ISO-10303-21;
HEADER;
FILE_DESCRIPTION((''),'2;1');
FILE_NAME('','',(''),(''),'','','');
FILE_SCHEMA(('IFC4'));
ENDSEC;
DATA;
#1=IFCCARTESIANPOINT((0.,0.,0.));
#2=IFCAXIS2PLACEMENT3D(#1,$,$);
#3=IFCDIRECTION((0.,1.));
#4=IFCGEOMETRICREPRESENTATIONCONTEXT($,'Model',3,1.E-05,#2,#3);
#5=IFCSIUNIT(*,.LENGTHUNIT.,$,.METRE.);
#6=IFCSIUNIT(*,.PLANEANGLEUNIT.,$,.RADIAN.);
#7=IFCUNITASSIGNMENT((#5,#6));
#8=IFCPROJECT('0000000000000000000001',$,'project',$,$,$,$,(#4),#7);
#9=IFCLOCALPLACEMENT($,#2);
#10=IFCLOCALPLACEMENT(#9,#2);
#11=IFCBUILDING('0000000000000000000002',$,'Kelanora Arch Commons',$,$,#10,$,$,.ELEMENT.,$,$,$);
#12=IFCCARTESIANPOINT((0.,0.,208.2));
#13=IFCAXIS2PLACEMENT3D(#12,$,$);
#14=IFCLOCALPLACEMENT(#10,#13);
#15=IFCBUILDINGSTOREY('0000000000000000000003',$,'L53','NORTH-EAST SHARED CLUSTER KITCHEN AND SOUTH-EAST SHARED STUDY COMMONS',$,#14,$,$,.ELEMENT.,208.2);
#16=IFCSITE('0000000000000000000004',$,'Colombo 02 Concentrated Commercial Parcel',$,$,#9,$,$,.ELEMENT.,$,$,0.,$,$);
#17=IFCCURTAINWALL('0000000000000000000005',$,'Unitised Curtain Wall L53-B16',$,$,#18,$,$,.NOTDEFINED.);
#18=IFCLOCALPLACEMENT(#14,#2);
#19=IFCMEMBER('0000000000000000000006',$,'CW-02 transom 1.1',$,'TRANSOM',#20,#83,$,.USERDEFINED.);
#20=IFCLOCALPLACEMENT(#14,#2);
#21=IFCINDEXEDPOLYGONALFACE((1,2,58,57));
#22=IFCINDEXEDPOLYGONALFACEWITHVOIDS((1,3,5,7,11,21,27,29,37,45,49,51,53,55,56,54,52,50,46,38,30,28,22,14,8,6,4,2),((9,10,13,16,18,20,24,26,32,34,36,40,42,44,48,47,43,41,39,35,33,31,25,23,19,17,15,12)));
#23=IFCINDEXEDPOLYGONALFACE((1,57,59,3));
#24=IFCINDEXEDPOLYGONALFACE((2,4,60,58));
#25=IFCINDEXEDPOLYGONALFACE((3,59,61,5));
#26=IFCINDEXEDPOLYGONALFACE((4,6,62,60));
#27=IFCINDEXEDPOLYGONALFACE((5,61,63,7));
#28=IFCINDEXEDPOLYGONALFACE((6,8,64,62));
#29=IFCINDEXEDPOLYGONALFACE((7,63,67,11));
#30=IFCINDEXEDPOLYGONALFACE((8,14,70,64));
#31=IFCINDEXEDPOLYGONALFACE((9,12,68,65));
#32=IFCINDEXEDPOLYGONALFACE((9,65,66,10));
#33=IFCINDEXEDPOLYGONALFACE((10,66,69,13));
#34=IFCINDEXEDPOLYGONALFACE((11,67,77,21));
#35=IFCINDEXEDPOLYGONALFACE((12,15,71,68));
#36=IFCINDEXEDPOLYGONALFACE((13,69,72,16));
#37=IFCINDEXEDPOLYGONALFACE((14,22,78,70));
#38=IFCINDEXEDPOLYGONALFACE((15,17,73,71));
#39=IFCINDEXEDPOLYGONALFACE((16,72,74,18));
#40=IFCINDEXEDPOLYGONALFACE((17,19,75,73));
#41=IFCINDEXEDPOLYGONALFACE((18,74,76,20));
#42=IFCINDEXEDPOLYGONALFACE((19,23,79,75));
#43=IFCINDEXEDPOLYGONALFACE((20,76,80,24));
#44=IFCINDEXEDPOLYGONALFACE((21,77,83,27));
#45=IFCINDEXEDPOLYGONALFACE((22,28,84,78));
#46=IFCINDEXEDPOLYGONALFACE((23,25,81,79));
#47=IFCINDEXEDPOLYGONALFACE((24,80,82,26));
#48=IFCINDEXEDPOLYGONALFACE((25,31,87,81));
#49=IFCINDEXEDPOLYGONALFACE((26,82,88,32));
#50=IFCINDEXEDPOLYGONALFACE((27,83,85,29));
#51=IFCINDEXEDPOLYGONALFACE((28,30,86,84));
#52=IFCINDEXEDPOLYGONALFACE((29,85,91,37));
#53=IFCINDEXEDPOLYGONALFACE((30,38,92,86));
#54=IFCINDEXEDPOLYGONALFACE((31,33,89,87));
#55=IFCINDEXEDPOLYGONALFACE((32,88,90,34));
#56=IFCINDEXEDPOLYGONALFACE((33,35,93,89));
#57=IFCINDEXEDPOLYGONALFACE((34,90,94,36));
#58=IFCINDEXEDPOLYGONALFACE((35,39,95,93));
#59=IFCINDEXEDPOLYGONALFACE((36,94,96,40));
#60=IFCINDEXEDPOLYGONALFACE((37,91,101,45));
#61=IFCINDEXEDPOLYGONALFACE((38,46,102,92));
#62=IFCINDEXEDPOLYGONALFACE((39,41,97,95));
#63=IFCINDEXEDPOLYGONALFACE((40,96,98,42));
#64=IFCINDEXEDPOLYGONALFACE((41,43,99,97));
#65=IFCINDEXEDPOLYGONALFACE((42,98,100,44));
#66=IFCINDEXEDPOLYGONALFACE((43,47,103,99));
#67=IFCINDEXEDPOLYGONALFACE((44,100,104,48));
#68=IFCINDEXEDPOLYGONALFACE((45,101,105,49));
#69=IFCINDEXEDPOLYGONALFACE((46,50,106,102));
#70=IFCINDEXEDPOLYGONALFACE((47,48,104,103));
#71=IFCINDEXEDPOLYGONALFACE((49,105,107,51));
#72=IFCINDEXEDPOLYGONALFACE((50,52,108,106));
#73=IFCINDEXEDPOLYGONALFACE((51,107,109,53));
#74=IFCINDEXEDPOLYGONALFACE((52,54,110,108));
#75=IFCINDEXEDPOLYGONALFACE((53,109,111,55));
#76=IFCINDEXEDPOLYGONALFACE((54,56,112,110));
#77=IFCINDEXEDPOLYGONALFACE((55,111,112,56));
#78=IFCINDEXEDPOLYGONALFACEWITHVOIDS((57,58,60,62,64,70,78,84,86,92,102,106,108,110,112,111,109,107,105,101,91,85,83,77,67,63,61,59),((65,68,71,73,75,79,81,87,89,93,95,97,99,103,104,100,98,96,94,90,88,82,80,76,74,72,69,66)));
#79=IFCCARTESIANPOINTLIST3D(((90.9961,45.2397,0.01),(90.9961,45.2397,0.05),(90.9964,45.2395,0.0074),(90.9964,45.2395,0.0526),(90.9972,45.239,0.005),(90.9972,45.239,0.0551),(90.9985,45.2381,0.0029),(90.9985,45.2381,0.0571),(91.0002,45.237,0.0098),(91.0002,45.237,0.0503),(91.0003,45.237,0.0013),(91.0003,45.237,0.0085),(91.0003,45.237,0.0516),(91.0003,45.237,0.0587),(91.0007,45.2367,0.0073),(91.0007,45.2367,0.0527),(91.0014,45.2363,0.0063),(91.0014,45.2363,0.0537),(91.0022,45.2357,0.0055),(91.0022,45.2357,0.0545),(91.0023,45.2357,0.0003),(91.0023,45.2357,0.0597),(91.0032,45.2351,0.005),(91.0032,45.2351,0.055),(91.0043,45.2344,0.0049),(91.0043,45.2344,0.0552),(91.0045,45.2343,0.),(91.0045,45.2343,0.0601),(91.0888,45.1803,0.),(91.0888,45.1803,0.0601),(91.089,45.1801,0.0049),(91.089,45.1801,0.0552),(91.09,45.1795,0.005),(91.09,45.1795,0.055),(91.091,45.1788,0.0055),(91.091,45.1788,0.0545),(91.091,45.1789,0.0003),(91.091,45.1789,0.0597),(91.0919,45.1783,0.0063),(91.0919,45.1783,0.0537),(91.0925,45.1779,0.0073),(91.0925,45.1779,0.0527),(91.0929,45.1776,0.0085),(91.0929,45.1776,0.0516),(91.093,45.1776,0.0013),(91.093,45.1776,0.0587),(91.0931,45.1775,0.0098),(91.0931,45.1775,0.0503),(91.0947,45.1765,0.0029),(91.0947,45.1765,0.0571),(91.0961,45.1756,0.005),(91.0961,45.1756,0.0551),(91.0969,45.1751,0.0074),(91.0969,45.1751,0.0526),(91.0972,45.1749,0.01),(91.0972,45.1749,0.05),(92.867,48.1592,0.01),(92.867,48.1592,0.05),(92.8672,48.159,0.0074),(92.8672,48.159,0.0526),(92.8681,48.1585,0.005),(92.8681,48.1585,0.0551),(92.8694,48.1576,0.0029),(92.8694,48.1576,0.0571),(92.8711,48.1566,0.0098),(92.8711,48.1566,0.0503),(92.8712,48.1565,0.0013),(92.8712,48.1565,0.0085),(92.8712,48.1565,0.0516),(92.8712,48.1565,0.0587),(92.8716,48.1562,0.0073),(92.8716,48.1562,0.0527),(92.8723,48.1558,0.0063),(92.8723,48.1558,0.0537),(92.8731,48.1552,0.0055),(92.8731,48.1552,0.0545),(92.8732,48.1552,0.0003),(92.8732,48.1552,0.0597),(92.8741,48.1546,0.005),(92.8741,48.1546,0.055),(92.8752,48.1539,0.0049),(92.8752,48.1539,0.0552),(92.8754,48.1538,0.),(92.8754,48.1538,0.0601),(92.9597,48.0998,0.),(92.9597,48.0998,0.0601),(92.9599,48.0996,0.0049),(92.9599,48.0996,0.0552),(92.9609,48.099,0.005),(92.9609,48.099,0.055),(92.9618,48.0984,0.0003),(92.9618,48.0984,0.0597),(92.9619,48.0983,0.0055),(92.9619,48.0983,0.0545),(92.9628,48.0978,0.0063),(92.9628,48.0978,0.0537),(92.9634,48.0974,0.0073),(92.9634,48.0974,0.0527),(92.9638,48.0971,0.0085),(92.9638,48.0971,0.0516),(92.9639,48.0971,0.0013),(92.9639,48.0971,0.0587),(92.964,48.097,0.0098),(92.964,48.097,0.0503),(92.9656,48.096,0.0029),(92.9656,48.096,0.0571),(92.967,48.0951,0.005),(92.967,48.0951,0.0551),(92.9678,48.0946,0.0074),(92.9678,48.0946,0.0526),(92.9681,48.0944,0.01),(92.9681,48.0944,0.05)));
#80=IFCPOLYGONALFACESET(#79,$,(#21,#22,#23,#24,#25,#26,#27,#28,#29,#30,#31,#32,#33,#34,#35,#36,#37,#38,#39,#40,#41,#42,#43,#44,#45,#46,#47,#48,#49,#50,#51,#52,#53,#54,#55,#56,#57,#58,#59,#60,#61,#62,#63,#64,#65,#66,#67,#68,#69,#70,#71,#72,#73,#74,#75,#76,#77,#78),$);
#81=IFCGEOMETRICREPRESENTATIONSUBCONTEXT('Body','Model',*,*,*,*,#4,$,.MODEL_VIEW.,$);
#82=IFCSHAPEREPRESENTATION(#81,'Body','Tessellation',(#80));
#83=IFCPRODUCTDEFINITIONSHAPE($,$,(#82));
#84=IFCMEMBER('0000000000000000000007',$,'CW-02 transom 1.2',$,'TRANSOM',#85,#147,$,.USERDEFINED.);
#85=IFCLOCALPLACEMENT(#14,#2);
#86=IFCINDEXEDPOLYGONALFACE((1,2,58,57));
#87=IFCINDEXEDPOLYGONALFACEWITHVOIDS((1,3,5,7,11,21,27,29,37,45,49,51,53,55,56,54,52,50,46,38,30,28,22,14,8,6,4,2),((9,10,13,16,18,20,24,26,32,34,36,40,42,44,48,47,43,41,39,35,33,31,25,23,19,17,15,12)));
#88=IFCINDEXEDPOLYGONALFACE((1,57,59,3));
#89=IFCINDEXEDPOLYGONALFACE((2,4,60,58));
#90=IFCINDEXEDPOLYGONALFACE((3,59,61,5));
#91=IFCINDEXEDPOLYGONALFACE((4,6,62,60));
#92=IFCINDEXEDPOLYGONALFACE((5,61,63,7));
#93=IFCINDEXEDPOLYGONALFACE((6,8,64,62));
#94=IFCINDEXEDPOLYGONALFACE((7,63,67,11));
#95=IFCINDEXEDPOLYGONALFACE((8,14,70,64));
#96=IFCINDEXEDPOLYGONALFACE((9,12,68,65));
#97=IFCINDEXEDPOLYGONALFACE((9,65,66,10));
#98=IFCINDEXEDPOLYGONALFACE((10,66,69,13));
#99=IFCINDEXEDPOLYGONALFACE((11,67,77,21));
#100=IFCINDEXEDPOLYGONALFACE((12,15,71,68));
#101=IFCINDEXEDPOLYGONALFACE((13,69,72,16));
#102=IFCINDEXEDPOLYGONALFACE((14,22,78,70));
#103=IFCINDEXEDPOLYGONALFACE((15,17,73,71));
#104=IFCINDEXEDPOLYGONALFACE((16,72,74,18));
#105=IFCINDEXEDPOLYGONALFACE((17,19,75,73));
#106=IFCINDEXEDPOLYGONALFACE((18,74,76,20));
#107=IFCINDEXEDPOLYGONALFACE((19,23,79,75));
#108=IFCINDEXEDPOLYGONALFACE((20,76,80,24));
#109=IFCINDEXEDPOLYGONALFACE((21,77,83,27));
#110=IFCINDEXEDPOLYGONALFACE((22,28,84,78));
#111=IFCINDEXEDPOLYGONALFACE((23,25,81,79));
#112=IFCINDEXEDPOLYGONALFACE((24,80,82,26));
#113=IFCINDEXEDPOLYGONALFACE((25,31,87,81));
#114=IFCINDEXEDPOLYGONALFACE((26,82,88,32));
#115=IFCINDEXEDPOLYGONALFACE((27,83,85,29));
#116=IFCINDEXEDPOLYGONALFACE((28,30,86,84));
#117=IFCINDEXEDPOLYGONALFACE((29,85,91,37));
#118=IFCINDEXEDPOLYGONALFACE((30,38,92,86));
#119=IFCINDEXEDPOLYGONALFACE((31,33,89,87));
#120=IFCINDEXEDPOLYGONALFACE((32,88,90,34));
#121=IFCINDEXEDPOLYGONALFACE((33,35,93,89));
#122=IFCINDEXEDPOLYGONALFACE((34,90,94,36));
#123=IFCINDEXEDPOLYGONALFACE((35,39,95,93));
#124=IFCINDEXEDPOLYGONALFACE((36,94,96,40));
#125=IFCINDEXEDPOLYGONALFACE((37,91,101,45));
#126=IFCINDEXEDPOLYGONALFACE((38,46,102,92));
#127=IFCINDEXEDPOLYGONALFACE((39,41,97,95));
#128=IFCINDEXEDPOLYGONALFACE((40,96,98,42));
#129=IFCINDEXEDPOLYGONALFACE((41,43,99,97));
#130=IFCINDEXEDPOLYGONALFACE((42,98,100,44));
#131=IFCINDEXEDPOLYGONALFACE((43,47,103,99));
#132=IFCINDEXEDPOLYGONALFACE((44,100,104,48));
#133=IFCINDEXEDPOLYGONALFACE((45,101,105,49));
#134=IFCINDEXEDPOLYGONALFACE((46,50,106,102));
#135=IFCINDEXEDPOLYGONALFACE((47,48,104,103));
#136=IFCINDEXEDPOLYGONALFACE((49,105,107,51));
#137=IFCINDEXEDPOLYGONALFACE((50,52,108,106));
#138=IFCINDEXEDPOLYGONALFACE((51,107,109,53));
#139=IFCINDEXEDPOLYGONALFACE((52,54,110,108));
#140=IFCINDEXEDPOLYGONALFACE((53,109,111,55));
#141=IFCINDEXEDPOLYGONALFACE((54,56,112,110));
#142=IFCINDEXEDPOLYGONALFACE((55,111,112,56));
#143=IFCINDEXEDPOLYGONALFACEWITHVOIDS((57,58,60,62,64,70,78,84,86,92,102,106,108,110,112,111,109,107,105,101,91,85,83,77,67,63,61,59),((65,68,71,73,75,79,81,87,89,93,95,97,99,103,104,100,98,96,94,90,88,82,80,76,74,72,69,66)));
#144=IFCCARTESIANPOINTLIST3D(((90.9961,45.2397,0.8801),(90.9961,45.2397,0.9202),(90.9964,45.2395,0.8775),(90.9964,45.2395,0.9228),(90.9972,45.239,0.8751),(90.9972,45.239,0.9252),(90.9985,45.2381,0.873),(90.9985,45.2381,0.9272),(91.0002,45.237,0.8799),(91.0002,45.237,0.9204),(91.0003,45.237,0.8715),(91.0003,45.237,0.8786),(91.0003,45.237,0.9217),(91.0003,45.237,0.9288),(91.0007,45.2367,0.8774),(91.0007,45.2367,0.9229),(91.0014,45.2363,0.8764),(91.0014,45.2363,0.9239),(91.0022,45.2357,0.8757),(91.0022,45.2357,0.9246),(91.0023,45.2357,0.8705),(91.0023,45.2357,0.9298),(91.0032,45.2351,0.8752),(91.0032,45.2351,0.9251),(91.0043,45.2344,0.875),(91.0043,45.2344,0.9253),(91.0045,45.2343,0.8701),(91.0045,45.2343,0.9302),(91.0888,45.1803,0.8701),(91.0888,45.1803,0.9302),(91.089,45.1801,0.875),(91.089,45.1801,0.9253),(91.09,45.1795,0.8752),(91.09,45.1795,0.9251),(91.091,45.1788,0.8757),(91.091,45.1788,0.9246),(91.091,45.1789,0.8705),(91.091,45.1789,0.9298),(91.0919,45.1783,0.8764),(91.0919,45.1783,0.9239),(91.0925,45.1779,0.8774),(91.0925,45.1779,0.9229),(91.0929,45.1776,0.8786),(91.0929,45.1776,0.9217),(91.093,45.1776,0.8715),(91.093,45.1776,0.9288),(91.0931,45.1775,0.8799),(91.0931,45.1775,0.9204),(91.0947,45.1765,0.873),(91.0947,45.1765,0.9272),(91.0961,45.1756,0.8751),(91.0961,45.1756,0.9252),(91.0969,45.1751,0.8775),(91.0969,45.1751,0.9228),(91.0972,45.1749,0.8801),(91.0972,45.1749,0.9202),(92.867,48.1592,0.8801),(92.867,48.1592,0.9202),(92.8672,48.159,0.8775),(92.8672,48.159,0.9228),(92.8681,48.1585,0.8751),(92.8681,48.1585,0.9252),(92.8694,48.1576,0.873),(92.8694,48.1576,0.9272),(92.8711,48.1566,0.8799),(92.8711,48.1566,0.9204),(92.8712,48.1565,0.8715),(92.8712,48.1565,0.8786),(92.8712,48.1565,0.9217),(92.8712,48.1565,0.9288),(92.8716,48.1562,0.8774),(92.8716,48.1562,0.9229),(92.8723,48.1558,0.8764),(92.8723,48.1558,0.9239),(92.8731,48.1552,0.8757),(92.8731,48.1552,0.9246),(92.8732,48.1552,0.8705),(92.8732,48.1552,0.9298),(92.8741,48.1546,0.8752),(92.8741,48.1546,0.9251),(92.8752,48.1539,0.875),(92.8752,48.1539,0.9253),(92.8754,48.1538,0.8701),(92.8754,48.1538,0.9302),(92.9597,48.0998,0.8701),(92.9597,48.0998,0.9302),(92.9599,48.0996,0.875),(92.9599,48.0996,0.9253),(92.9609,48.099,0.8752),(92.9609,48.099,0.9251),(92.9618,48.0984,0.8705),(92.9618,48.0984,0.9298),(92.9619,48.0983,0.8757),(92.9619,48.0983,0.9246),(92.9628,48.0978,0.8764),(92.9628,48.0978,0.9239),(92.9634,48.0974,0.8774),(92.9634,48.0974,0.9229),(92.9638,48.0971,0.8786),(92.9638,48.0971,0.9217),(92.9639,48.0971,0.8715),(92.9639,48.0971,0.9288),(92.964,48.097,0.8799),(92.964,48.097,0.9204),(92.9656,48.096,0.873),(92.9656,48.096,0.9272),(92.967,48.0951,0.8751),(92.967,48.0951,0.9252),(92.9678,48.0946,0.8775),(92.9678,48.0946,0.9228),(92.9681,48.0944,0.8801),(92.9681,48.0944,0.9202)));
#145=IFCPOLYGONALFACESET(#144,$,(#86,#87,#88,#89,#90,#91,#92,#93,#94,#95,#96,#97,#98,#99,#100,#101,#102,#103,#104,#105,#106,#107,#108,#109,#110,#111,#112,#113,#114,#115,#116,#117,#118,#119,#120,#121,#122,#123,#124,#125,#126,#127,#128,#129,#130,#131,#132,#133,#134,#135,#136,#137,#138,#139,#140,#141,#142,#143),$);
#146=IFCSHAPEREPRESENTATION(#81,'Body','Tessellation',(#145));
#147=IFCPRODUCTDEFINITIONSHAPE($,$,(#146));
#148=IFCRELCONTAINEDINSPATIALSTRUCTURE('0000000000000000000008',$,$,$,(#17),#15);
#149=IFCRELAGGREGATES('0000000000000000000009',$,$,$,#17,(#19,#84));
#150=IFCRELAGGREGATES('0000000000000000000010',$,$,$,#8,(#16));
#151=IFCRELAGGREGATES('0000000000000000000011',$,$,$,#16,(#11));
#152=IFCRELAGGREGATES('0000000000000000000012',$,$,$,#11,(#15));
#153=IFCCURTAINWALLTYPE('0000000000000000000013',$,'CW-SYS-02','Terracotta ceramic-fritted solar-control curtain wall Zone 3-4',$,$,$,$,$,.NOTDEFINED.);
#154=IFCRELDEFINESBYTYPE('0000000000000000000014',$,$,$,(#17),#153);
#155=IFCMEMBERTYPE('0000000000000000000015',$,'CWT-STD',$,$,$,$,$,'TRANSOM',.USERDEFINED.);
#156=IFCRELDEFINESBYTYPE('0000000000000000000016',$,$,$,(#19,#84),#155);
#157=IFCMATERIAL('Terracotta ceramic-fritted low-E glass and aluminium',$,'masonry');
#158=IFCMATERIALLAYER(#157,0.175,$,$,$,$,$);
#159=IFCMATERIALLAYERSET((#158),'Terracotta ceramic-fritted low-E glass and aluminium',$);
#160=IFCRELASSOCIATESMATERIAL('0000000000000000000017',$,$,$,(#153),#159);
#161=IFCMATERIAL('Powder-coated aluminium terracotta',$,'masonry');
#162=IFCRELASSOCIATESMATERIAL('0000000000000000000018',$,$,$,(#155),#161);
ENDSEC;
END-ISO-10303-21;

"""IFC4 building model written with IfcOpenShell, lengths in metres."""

from ifc_helpers import new_model, si_unit, direction, frame, origin, origin_2d, place, context, subcontext, project, spatial, hollow_rectangle, extrude, material, layer, layer_set, material_profile, profile_set, type_object, element, aggregate, save


model = new_model("IFC4")

# Units and contexts
model_context = context("Model", 3, precision=1e-05, world=origin(), true_north=direction((0.0, 1.0)))
body_context = subcontext(model_context, "Body", "Model", "MODEL_VIEW")
ifc_project = project(units=[si_unit("LENGTHUNIT", "METRE"), si_unit("PLANEANGLEUNIT", "RADIAN")], contexts=[model_context])

# Site, building, storey
site_placement = place(None, origin())
site = spatial("IfcSite", under=ifc_project, at=site_placement, Name="Colombo 02 Concentrated Commercial Parcel", CompositionType="ELEMENT", RefElevation=0.0)
building_placement = place(site_placement, origin())
building = spatial("IfcBuilding", under=site, at=building_placement, Name="Kelanora Arch Commons", CompositionType="ELEMENT")
storey_placement = place(building_placement, frame((0.0, 0.0, 208.2)))
storey = spatial("IfcBuildingStorey", under=building, at=storey_placement, Name="L53", Description="NORTH-EAST SHARED CLUSTER KITCHEN AND SOUTH-EAST SHARED STUDY COMMONS", CompositionType="ELEMENT", Elevation=208.2)

# Shared definitions
ifc_material_1 = material(Name="Terracotta ceramic-fritted low-E glass and aluminium", Category="masonry")
ifc_layer_1 = layer(ifc_material_1, 0.175)
ifc_layer_set_1 = layer_set([ifc_layer_1], Name="Terracotta ceramic-fritted low-E glass and aluminium")
curtain_wall_type = type_object("IfcCurtainWallType", Name="CW-SYS-02", Description="Terracotta ceramic-fritted solar-control curtain wall Zone 3-4", PredefinedType="NOTDEFINED", material=ifc_layer_set_1)
ifc_material_2 = material(Name="Powder-coated aluminium terracotta", Category="masonry")

# Curtain wall, members
curtain_wall_1_placement = place(storey_placement, origin())
curtain_wall_1 = element("IfcCurtainWall", 1, at=curtain_wall_1_placement, inside=storey, type_object=curtain_wall_type, Name="Unitised Curtain Wall L53-B16", PredefinedType="NOTDEFINED")
ifc_material_profile_1 = material_profile(ifc_material_2, hollow_rectangle(XDim=0.1201, YDim=0.0601, WallThickness=0.0049, InnerFilletRadius=0.0049, OuterFilletRadius=0.01, at=origin_2d()), Name="CWT120x60")
ifc_profile_set_1 = profile_set([ifc_material_profile_1], Name="Powder-coated aluminium terracotta")
member_type_1 = type_object("IfcMemberType", Name="CWT-STD", ElementType="TRANSOM", PredefinedType="USERDEFINED", material=ifc_profile_set_1)
member_1_placement = place(storey_placement, frame((91.0466, 45.2073, 0.03), z_axis=(0.539547, 0.841955, 0.0), x_axis=(-0.841955, 0.539547, 0.0)))
member_1 = element("IfcMember", 2, at=member_1_placement, type_object=member_type_1, Name="CW-02 transom 1.1", ObjectType="TRANSOM", PredefinedType="USERDEFINED", context=body_context, shape_type="SweptSolid", body=[
    extrude(hollow_rectangle(XDim=0.1201, YDim=0.0601, WallThickness=0.0049, InnerFilletRadius=0.0049, OuterFilletRadius=0.01, at=origin_2d()), origin(), (0.0, 0.0, 1.0), 3.4675),
])
member_2_placement = place(storey_placement, frame((91.0466, 45.2073, 0.9001), z_axis=(0.539547, 0.841955, 0.0), x_axis=(-0.841955, 0.539547, 0.0)))
member_2 = element("IfcMember", 3, at=member_2_placement, type_object=member_type_1, Name="CW-02 transom 1.2", ObjectType="TRANSOM", PredefinedType="USERDEFINED", context=body_context, shape_type="SweptSolid", body=[
    extrude(hollow_rectangle(XDim=0.1201, YDim=0.0601, WallThickness=0.0049, InnerFilletRadius=0.0049, OuterFilletRadius=0.01, at=origin_2d()), origin(), (0.0, 0.0, 1.0), 3.4675),
])

aggregate(curtain_wall_1, [member_1, member_2])

save(model, "model.ifc")
